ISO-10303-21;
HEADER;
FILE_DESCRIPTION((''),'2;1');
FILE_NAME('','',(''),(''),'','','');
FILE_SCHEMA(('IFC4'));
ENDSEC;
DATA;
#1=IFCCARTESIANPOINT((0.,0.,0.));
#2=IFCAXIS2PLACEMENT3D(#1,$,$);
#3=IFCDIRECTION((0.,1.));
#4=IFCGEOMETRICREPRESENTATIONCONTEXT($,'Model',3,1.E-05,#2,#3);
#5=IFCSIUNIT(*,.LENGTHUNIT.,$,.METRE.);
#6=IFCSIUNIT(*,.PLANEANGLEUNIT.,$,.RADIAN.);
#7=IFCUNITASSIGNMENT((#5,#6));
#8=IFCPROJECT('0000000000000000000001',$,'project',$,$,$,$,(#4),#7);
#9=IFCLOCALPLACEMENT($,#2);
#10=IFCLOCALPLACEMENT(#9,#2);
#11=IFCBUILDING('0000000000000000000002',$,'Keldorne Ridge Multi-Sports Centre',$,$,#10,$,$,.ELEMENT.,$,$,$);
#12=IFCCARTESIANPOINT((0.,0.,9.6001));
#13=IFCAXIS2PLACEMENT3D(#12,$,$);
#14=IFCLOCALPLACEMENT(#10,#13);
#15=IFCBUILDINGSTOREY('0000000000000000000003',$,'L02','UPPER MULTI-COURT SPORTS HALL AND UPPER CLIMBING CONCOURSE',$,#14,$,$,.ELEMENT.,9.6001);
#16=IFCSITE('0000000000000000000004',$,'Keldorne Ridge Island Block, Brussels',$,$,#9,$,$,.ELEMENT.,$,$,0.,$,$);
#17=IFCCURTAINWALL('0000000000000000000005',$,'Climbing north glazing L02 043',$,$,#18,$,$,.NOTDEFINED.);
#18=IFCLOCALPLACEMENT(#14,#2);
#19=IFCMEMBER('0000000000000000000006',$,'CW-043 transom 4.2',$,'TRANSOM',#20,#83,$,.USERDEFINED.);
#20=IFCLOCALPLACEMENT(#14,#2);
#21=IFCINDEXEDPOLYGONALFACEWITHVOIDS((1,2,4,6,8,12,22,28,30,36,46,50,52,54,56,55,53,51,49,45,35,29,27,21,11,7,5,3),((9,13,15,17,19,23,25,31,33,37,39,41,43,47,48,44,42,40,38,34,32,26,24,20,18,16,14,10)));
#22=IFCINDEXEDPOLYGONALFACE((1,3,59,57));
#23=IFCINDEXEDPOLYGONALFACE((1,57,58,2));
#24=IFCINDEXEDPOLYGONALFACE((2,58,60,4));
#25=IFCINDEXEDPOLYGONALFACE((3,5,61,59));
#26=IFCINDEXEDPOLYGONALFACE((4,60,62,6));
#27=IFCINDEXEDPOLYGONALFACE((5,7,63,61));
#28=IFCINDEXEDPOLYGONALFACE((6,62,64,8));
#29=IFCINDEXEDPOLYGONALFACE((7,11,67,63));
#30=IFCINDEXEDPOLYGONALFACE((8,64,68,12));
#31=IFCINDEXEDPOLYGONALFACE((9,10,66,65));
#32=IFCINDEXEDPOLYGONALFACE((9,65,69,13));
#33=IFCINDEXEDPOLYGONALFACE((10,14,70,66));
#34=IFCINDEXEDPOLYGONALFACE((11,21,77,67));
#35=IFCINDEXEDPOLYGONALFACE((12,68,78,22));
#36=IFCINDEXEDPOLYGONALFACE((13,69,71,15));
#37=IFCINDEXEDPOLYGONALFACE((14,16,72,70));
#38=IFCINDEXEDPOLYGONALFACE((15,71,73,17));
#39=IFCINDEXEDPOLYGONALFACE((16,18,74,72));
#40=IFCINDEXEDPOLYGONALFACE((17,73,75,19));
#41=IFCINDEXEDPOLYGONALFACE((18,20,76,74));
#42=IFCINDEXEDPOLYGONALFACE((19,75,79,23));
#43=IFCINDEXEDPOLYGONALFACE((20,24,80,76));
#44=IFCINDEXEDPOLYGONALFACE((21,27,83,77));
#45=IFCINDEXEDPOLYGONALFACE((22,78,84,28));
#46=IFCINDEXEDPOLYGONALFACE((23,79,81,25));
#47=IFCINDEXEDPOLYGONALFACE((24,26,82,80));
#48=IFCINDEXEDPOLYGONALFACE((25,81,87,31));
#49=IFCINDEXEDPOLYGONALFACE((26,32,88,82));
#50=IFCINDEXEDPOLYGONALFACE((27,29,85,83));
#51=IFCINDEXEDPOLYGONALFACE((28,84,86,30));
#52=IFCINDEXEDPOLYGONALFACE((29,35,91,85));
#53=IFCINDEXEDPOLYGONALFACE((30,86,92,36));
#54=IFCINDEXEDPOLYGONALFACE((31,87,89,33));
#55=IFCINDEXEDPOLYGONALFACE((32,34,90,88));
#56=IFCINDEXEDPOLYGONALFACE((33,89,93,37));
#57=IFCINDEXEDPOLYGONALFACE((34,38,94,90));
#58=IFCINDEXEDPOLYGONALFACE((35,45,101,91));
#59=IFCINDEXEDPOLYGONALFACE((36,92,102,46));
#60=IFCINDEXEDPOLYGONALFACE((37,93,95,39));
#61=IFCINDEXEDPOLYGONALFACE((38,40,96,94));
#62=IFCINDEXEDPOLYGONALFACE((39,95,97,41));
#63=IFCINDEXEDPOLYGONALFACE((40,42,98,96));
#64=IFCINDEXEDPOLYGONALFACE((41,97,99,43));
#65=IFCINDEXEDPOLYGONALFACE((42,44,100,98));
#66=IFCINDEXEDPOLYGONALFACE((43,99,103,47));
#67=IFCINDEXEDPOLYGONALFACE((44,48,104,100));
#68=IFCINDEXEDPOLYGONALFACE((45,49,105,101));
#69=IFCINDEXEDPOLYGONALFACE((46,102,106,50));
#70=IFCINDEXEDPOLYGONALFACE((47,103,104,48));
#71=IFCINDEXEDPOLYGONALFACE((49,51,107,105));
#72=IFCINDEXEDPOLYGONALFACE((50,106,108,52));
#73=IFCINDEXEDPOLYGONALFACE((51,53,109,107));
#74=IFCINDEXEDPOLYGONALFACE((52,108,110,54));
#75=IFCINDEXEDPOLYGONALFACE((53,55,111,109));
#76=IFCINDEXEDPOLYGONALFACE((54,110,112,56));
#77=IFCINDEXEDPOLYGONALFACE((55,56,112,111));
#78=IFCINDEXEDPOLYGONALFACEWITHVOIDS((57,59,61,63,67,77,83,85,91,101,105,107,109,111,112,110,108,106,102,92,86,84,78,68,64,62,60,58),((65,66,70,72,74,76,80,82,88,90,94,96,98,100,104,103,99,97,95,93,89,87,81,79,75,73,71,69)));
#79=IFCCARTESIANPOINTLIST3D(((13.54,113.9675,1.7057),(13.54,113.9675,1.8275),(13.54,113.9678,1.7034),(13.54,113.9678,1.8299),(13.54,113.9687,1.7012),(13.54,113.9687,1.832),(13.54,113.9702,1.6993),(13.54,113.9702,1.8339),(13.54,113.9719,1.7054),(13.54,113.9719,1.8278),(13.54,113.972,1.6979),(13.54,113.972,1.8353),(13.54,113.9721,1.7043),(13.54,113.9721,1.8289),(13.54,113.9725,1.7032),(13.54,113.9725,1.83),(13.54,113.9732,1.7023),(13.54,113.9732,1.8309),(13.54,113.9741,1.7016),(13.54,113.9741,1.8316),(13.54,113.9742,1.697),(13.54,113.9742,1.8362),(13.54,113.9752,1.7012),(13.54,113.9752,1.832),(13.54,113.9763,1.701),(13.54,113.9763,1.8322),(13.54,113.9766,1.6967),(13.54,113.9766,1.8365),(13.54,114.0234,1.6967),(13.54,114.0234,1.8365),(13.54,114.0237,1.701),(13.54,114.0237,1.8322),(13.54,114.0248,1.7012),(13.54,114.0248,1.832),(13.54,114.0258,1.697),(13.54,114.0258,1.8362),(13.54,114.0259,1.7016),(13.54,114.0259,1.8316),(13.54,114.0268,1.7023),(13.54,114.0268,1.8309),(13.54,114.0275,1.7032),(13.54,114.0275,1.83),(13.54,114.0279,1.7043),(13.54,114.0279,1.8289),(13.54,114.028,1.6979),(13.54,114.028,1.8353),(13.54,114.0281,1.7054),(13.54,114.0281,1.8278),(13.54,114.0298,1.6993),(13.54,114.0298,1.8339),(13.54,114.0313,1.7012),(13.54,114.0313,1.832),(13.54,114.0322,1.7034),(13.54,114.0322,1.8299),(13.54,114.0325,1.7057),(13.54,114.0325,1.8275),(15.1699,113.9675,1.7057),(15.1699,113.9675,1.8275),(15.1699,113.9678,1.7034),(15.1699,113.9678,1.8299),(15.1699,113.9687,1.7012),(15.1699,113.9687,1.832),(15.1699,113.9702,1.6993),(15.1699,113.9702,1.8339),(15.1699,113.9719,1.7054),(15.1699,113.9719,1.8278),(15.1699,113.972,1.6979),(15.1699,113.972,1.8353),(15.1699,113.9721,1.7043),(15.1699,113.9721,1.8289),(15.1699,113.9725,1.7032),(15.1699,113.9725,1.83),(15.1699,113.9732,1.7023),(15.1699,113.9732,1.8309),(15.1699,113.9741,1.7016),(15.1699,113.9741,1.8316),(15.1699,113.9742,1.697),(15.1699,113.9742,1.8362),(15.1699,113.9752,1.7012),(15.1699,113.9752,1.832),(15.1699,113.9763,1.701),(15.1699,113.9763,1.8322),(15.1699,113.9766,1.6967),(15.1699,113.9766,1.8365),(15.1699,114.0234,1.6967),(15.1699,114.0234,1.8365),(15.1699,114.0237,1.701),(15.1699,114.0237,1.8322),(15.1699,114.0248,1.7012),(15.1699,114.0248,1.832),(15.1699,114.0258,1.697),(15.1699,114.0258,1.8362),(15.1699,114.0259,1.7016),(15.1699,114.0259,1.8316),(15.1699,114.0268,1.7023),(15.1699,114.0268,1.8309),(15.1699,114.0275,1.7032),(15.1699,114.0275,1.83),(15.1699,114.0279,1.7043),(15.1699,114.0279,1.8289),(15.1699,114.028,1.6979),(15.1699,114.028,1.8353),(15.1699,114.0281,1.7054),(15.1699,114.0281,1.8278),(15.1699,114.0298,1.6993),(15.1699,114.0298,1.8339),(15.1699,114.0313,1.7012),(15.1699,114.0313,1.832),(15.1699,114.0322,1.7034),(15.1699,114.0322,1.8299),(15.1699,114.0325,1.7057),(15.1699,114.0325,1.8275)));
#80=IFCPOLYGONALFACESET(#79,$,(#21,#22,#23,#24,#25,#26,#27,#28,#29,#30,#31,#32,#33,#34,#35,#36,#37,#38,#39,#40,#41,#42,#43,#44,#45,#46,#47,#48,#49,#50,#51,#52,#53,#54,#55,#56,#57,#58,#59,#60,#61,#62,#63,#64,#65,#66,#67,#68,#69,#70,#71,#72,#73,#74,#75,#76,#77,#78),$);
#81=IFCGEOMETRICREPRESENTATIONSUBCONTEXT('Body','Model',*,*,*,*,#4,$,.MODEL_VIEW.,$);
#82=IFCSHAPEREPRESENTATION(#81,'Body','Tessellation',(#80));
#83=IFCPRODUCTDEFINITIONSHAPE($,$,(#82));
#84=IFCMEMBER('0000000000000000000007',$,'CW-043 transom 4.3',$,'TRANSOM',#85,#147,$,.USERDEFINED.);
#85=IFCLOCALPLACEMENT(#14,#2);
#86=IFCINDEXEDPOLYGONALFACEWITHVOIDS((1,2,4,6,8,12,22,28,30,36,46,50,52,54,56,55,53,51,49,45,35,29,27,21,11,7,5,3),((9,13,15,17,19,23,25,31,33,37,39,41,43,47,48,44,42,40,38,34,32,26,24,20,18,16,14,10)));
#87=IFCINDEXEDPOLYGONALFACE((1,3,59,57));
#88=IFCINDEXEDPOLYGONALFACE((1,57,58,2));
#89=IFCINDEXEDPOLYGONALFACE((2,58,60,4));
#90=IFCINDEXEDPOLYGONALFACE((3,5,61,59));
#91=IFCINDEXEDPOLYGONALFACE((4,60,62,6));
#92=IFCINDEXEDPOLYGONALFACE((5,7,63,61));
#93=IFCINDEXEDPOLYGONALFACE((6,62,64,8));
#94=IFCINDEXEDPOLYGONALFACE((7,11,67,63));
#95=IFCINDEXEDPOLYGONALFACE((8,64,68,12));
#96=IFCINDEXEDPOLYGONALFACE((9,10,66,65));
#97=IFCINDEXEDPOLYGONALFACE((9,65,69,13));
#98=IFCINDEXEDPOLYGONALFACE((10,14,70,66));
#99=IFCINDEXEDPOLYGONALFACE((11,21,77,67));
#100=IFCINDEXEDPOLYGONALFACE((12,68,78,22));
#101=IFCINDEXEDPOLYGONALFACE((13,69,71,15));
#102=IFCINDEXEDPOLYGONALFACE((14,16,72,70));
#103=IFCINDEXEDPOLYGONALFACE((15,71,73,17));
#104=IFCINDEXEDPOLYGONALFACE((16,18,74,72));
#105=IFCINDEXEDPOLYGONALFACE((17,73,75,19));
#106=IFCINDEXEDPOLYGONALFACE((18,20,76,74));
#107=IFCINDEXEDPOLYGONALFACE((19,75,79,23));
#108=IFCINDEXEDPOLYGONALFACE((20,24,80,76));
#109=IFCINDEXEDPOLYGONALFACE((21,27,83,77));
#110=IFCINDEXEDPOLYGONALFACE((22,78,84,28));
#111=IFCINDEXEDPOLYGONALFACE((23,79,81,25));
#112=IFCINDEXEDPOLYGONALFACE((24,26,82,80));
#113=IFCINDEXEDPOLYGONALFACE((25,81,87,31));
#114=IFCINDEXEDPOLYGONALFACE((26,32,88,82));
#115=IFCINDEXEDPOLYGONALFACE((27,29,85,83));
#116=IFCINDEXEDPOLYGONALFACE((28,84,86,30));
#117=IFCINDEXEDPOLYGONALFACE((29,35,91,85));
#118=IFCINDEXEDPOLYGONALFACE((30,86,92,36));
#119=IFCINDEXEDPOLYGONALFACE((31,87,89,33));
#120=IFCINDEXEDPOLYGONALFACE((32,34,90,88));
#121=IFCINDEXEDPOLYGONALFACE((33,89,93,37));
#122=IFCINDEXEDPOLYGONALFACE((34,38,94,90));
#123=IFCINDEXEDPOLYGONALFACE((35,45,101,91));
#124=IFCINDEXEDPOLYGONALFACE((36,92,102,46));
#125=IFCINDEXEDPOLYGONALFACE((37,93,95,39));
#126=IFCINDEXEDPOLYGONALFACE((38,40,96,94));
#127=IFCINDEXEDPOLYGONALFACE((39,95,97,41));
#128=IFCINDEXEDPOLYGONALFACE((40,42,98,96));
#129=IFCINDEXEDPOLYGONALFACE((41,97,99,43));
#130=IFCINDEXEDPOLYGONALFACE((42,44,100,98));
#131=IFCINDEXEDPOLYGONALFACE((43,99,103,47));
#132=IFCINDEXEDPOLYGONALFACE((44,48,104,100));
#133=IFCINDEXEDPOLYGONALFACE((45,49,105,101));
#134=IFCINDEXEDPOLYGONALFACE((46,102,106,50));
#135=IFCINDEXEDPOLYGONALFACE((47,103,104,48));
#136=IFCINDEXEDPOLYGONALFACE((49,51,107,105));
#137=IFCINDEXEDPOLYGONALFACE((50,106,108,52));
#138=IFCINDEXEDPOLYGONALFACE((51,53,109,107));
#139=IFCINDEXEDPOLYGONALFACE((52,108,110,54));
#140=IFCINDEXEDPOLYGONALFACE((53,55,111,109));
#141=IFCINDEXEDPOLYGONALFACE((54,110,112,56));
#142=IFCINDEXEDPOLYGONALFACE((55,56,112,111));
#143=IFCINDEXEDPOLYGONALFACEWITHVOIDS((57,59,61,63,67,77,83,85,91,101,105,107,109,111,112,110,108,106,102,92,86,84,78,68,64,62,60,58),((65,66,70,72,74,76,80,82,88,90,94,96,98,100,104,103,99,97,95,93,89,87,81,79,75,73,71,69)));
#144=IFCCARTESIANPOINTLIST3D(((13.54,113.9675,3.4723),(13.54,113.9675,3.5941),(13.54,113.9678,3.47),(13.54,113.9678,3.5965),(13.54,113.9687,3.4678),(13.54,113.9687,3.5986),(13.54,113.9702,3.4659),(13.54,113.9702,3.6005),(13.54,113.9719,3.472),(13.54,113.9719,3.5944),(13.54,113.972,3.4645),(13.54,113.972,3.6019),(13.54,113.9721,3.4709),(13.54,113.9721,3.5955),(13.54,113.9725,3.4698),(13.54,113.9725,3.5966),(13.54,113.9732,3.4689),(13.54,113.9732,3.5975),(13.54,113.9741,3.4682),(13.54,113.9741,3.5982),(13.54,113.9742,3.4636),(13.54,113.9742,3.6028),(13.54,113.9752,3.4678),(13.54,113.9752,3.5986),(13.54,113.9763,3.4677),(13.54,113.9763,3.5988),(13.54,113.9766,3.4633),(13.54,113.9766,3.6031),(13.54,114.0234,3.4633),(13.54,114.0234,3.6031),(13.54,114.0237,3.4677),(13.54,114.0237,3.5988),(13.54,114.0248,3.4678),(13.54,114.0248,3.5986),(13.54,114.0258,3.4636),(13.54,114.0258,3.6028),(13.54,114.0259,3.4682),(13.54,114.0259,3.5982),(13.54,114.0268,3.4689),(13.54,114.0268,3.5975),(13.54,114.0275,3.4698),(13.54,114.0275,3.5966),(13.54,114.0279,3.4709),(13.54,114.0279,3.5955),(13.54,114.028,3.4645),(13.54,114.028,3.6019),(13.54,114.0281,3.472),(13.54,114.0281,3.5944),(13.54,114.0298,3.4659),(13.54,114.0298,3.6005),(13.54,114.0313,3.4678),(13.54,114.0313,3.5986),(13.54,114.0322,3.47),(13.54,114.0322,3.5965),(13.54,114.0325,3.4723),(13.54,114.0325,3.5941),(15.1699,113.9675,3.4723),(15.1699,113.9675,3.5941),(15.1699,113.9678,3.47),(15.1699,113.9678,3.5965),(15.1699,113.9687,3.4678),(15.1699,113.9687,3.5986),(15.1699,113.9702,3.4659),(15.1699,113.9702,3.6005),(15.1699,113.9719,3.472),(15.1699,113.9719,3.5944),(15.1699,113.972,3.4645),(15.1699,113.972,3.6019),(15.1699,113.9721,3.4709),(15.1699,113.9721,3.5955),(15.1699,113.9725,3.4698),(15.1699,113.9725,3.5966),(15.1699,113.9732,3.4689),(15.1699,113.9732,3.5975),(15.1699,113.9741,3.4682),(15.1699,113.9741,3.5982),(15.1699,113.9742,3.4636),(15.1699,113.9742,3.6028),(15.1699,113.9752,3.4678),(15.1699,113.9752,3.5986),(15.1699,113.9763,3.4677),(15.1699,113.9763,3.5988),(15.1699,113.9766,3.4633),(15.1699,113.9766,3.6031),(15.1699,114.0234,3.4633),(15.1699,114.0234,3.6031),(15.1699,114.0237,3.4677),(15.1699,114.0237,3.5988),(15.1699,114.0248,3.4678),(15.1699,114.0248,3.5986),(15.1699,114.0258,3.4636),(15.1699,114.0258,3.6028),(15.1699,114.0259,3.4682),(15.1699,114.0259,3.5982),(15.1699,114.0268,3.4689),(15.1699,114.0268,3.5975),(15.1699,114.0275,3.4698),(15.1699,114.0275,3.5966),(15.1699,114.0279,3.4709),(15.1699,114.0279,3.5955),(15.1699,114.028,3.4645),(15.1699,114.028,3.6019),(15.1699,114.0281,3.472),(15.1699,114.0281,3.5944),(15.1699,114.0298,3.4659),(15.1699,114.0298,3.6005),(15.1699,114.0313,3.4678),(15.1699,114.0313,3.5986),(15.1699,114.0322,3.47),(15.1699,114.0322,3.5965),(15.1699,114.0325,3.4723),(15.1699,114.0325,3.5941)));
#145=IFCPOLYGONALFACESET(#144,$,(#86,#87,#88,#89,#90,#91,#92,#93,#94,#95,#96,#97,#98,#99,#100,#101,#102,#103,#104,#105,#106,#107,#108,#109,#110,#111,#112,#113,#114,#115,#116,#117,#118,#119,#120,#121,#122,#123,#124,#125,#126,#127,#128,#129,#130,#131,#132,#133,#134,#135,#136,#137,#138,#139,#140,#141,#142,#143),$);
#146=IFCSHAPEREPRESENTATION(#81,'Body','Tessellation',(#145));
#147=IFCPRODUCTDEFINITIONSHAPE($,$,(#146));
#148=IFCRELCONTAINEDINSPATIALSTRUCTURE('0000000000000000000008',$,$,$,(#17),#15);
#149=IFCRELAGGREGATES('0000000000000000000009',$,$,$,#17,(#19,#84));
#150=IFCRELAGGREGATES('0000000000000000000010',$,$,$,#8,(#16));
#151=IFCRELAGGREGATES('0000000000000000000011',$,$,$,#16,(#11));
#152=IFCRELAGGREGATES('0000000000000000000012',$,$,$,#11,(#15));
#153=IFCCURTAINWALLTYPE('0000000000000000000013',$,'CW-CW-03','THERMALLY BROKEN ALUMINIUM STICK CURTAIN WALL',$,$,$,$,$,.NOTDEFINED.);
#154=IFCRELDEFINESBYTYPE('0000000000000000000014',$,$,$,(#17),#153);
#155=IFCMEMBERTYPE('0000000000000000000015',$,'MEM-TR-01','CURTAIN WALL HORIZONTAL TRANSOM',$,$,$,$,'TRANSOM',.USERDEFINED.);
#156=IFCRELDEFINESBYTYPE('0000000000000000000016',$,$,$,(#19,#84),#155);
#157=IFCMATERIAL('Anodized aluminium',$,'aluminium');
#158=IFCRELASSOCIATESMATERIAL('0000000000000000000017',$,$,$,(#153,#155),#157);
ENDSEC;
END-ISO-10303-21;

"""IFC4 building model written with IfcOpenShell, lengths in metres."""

from ifc_helpers import new_model, si_unit, direction, frame, origin, origin_2d, place, context, subcontext, project, spatial, hollow_rectangle, extrude, material, material_profile, profile_set, type_object, element, aggregate, save


model = new_model("IFC4")

# Units and contexts
model_context = context("Model", 3, precision=1e-05, world=origin(), true_north=direction((0.0, 1.0)))
body_context = subcontext(model_context, "Body", "Model", "MODEL_VIEW")
ifc_project = project(units=[si_unit("LENGTHUNIT", "METRE"), si_unit("PLANEANGLEUNIT", "RADIAN")], contexts=[model_context])

# Site, building, storey
site_placement = place(None, origin())
site = spatial("IfcSite", under=ifc_project, at=site_placement, Name="Keldorne Ridge Island Block, Brussels", CompositionType="ELEMENT", RefElevation=0.0)
building_placement = place(site_placement, origin())
building = spatial("IfcBuilding", under=site, at=building_placement, Name="Keldorne Ridge Multi-Sports Centre", CompositionType="ELEMENT")
storey_placement = place(building_placement, frame((0.0, 0.0, 9.6001)))
storey = spatial("IfcBuildingStorey", under=building, at=storey_placement, Name="L02", Description="UPPER MULTI-COURT SPORTS HALL AND UPPER CLIMBING CONCOURSE", CompositionType="ELEMENT", Elevation=9.6001)

# Curtain wall
ifc_material_1 = material(Name="Anodized aluminium", Category="aluminium")
curtain_wall_type = type_object("IfcCurtainWallType", Name="CW-CW-03", Description="THERMALLY BROKEN ALUMINIUM STICK CURTAIN WALL", PredefinedType="NOTDEFINED", material=ifc_material_1)
curtain_wall_placement = place(storey_placement, origin())
curtain_wall = element("IfcCurtainWall", 1, at=curtain_wall_placement, inside=storey, type_object=curtain_wall_type, Name="Climbing north glazing L02 043", PredefinedType="NOTDEFINED")

# Members
ifc_material_profile_1 = material_profile(ifc_material_1, hollow_rectangle(XDim=0.0649, YDim=0.1399, WallThickness=0.0044, InnerFilletRadius=0.0044, OuterFilletRadius=0.009, at=origin_2d()), Name="ALU TRANSOM 140x65x4.5")
ifc_profile_set_1 = profile_set([ifc_material_profile_1], Name="Anodized aluminium")
member_type_1 = type_object("IfcMemberType", Name="MEM-TR-01", Description="CURTAIN WALL HORIZONTAL TRANSOM", ElementType="TRANSOM", PredefinedType="USERDEFINED", material=ifc_profile_set_1)
member_1_placement = place(storey_placement, frame((15.1699, 114.0, 1.7666), z_axis=(-1.0, 0.0, 0.0), x_axis=(0.0, -1.0, 0.0)))
member_1 = element("IfcMember", 2, at=member_1_placement, type_object=member_type_1, Name="CW-043 transom 4.2", ObjectType="TRANSOM", PredefinedType="USERDEFINED", context=body_context, shape_type="SweptSolid", body=[
    extrude(hollow_rectangle(XDim=0.0649, YDim=0.1399, WallThickness=0.0044, InnerFilletRadius=0.0044, OuterFilletRadius=0.009, at=origin_2d()), origin(), (0.0, 0.0, 1.0), 1.6299),
])
member_2_placement = place(storey_placement, frame((15.1699, 114.0, 3.5332), z_axis=(-1.0, 0.0, 0.0), x_axis=(0.0, -1.0, 0.0)))
member_2 = element("IfcMember", 3, at=member_2_placement, type_object=member_type_1, Name="CW-043 transom 4.3", ObjectType="TRANSOM", PredefinedType="USERDEFINED", context=body_context, shape_type="SweptSolid", body=[
    extrude(hollow_rectangle(XDim=0.0649, YDim=0.1399, WallThickness=0.0044, InnerFilletRadius=0.0044, OuterFilletRadius=0.009, at=origin_2d()), origin(), (0.0, 0.0, 1.0), 1.6299),
])

aggregate(curtain_wall, [member_1, member_2])

save(model, "model.ifc")
